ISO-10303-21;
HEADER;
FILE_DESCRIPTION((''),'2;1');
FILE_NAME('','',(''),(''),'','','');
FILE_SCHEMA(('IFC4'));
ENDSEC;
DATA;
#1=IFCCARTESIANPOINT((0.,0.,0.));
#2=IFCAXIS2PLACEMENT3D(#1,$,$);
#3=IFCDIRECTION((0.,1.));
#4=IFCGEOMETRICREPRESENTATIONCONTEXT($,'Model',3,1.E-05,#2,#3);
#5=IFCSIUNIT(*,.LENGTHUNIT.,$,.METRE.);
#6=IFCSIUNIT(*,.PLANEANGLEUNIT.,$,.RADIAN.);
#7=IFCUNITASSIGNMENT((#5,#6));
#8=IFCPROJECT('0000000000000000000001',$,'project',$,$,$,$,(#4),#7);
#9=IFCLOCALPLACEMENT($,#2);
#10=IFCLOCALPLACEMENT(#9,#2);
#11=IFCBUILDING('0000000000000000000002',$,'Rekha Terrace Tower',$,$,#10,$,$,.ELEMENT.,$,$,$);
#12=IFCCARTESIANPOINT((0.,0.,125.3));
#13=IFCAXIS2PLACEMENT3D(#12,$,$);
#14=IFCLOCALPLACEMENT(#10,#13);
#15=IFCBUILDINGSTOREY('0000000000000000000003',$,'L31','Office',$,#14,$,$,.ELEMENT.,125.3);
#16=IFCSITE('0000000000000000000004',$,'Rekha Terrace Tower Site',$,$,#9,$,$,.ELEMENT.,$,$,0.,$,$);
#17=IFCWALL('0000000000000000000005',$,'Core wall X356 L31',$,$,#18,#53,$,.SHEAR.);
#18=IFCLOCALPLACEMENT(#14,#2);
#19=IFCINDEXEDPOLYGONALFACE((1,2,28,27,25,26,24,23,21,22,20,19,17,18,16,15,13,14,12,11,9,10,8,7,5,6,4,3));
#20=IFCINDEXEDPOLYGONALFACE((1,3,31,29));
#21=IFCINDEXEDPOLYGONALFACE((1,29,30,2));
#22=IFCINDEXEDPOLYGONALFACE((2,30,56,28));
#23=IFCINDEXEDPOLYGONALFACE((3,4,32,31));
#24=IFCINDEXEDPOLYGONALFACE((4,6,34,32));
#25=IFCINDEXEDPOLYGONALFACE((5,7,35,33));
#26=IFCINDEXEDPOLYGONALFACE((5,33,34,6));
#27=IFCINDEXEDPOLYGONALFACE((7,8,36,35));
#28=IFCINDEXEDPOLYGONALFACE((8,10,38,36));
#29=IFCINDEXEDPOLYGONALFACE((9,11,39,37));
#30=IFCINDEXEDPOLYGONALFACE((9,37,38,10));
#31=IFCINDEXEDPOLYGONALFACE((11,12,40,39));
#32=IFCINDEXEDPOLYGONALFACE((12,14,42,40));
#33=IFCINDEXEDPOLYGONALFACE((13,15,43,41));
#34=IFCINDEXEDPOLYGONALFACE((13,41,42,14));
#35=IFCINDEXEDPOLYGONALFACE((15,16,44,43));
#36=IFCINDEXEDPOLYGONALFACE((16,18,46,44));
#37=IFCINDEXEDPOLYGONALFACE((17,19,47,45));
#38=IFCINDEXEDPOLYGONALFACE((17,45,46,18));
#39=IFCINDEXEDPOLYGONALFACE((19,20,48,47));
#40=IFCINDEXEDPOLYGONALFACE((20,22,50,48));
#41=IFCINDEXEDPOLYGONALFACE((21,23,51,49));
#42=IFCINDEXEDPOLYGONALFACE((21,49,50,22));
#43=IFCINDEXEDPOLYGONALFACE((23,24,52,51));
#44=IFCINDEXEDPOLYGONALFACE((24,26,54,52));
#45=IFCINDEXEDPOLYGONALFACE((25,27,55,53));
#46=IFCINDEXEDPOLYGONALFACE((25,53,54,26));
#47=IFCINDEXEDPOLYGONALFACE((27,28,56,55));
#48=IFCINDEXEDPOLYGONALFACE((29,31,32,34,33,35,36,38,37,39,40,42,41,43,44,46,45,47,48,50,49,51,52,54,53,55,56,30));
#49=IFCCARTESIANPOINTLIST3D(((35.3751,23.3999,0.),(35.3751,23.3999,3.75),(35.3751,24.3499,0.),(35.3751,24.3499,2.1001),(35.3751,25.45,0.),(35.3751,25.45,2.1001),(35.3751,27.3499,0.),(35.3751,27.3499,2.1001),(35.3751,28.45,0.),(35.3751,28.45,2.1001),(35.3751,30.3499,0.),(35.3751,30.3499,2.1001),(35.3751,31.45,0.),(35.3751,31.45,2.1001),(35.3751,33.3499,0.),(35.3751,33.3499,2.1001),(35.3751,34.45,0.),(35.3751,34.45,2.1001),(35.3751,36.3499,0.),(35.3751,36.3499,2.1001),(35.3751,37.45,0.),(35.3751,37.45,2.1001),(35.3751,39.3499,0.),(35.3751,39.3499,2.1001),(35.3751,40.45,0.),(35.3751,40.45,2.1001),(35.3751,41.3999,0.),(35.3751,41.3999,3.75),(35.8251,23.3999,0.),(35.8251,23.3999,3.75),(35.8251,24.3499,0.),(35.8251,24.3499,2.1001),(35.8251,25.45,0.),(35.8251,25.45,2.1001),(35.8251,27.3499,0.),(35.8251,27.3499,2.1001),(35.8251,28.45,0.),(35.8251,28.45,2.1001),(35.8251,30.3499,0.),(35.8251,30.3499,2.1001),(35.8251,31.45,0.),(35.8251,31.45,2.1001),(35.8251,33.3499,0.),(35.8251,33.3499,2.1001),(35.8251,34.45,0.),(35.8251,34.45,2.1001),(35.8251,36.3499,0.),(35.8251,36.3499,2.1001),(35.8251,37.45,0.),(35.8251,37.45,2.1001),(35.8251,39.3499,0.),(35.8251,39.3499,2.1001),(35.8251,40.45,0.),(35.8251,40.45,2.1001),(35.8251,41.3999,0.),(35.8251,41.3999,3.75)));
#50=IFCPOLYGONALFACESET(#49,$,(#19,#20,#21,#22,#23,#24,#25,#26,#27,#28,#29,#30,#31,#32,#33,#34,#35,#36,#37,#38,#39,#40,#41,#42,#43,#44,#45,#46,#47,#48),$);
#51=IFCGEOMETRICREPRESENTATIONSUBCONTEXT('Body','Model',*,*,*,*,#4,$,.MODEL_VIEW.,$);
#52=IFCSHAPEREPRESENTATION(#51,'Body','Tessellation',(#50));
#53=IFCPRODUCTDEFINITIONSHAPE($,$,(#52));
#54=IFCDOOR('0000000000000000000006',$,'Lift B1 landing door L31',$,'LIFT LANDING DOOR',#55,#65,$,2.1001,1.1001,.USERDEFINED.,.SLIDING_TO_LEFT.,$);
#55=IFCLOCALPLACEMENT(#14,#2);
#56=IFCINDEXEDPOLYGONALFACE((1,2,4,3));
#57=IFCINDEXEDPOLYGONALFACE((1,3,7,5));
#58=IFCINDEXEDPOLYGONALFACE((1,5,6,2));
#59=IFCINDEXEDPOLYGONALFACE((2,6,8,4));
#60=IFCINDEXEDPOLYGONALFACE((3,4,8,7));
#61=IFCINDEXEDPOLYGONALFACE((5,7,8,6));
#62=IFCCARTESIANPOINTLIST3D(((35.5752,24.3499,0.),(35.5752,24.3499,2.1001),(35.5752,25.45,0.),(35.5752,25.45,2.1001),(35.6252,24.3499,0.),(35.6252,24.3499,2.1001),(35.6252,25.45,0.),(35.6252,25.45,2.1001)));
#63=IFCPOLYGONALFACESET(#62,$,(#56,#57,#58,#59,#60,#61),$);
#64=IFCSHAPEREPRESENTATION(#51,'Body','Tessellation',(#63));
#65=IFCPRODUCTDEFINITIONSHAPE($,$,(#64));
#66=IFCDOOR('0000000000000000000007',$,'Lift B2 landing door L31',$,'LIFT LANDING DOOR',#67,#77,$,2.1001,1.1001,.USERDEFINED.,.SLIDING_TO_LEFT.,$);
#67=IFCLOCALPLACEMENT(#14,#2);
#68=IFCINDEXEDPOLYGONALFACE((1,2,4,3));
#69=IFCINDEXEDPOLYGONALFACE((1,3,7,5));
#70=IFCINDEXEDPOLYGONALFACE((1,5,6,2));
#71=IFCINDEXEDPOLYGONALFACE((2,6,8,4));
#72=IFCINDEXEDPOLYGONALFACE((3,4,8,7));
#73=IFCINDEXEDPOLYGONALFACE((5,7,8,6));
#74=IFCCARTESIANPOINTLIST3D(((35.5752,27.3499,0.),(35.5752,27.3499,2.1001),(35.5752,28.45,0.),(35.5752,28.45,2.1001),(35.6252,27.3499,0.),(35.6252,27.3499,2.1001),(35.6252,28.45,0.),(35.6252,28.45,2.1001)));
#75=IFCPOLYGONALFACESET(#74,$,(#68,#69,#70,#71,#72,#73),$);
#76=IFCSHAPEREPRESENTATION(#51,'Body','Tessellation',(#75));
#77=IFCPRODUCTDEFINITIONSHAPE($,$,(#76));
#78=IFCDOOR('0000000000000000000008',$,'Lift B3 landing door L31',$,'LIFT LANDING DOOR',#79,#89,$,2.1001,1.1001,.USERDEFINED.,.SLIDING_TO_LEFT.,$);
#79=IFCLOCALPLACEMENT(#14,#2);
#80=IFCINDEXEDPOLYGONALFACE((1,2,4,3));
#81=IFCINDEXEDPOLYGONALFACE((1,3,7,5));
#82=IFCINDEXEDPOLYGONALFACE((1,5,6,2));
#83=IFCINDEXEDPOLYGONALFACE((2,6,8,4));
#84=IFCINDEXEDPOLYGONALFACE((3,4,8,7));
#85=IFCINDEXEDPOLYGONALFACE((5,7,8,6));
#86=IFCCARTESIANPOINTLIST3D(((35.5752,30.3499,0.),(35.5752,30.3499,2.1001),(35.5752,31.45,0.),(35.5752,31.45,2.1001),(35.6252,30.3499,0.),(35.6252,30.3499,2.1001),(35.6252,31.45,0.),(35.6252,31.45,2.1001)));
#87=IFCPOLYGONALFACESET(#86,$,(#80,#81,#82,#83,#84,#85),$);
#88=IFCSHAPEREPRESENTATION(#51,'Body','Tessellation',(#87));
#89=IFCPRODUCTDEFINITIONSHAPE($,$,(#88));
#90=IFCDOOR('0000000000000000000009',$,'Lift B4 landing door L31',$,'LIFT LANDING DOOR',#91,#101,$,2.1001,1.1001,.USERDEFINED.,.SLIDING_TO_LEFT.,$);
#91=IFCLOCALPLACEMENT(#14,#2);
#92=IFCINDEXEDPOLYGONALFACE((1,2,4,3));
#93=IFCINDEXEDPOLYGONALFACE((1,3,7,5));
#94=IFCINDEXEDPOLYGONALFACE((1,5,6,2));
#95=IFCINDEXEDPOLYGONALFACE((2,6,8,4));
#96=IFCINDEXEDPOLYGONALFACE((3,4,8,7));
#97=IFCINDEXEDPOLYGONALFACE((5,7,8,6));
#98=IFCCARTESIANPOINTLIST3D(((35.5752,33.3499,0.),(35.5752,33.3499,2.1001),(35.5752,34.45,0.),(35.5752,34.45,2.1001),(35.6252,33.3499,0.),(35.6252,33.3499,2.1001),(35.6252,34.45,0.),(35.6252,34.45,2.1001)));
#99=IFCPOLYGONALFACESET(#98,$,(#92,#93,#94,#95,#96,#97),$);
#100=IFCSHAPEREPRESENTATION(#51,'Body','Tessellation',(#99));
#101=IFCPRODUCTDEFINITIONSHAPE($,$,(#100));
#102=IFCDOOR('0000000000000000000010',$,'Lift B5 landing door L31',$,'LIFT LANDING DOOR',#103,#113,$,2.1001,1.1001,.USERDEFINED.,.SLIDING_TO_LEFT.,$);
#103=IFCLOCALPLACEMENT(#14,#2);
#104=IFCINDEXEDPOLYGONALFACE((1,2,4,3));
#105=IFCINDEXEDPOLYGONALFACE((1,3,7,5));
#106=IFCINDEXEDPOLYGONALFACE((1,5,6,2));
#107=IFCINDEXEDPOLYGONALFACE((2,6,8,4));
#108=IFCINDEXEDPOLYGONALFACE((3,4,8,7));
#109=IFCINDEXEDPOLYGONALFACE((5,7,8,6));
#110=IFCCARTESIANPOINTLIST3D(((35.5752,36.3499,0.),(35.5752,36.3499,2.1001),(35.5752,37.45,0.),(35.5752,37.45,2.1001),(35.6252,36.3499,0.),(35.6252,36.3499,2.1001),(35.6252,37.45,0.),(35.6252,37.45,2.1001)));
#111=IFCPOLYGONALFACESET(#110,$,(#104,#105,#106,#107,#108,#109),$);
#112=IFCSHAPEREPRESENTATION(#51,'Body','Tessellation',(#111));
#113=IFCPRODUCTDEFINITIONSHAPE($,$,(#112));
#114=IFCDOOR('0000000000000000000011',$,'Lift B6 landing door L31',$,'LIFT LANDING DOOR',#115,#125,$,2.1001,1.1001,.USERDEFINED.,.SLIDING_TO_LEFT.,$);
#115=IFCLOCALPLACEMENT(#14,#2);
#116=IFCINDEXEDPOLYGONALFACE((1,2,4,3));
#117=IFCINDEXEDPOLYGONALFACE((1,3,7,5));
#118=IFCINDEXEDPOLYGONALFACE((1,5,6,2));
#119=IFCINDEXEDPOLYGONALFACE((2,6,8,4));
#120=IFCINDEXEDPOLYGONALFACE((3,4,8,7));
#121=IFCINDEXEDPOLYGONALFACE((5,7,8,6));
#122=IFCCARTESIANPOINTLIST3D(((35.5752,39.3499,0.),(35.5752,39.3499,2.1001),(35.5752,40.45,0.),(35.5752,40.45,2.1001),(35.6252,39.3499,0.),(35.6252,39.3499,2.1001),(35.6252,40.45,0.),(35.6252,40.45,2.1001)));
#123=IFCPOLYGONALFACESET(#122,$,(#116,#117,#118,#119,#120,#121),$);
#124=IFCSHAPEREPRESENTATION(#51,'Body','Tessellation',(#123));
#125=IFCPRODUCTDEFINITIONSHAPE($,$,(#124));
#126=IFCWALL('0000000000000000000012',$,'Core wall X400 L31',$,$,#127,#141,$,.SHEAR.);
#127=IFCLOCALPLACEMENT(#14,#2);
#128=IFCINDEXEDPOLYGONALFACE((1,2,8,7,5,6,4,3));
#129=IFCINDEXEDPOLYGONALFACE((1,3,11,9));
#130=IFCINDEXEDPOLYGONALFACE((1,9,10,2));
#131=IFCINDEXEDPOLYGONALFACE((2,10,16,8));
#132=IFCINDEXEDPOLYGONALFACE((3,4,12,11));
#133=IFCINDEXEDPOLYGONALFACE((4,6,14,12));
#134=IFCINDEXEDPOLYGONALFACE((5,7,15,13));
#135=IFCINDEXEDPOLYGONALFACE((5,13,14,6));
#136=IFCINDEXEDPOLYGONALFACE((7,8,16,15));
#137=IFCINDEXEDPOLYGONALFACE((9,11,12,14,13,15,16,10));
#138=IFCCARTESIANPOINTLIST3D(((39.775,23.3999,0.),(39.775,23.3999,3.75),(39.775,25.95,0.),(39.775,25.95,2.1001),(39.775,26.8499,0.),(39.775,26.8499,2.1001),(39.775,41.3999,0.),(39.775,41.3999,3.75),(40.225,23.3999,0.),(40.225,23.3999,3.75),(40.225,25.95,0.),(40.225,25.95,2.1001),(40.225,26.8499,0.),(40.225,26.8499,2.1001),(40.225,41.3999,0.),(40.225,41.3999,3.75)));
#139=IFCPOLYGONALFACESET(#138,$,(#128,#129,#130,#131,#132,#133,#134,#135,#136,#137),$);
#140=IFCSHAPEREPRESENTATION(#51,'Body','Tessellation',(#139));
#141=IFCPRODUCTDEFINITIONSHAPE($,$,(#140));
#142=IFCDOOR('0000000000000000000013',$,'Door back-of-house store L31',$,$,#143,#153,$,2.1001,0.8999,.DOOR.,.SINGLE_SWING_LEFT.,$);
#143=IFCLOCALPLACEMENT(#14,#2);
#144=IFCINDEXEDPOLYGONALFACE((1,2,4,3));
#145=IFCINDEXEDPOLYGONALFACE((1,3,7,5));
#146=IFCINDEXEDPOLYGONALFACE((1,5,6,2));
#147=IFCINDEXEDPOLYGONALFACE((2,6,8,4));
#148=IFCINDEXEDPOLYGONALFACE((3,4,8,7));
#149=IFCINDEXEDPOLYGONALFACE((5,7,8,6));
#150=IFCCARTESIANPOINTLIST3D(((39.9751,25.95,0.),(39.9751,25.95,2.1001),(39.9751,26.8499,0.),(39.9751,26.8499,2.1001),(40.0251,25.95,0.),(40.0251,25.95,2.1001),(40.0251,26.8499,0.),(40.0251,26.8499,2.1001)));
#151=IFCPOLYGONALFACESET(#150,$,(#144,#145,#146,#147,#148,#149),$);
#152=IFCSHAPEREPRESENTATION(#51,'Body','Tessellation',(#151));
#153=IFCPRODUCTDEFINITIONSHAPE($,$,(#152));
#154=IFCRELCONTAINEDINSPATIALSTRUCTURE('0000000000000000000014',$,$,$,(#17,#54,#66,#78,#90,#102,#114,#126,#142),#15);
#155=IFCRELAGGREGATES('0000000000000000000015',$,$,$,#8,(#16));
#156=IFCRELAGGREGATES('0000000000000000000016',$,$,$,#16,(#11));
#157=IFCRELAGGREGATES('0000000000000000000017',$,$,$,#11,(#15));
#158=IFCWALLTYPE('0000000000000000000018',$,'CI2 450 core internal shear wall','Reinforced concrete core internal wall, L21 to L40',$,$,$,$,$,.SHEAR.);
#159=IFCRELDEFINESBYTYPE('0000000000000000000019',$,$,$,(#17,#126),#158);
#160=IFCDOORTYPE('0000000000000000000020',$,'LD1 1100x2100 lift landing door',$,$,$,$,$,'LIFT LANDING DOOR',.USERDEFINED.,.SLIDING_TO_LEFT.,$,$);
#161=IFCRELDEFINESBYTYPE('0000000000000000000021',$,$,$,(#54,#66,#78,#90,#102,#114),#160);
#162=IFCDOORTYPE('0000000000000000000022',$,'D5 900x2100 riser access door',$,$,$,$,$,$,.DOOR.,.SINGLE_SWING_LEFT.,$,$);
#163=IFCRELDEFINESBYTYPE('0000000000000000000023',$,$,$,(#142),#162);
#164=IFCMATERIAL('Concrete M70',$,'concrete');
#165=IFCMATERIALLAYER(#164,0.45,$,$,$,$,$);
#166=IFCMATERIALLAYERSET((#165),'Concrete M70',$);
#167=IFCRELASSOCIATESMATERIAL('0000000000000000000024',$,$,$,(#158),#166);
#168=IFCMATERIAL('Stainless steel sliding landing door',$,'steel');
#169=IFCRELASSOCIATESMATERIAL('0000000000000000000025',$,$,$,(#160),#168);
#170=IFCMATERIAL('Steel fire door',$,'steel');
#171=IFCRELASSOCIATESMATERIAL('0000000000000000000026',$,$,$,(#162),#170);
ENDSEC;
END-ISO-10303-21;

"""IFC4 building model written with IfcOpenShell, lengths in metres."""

from ifc_helpers import new_model, si_unit, direction, frame, frame_2d, origin, place, context, subcontext, project, spatial, rectangle, extrude, material, layer, layer_set, type_object, element, fill, save


model = new_model("IFC4")

# Units and contexts
model_context = context("Model", 3, precision=1e-05, world=origin(), true_north=direction((0.0, 1.0)))
body_context = subcontext(model_context, "Body", "Model", "MODEL_VIEW")
ifc_project = project(units=[si_unit("LENGTHUNIT", "METRE"), si_unit("PLANEANGLEUNIT", "RADIAN")], contexts=[model_context])

# Site, building, storey
site_placement = place(None, origin())
site = spatial("IfcSite", under=ifc_project, at=site_placement, Name="Rekha Terrace Tower Site", CompositionType="ELEMENT", RefElevation=0.0)
building_placement = place(site_placement, origin())
building = spatial("IfcBuilding", under=site, at=building_placement, Name="Rekha Terrace Tower", CompositionType="ELEMENT")
storey_placement = place(building_placement, frame((0.0, 0.0, 125.3)))
storey = spatial("IfcBuildingStorey", under=building, at=storey_placement, Name="L31", Description="Office", CompositionType="ELEMENT", Elevation=125.3)

# Wall, openings, doors
ifc_material_1 = material(Name="Concrete M70", Category="concrete")
ifc_layer_1 = layer(ifc_material_1, 0.45)
ifc_layer_set_1 = layer_set([ifc_layer_1], Name="Concrete M70")
wall_type_1 = type_object("IfcWallType", Name="CI2 450 core internal shear wall", Description="Reinforced concrete core internal wall, L21 to L40", PredefinedType="SHEAR", material=ifc_layer_set_1)
wall_1_placement = place(storey_placement, frame((35.6001, 23.3999, 0.0), z_axis=(0.0, 0.0, 1.0), x_axis=(0.0, 1.0, 0.0)))
wall_1 = element("IfcWall", 1, at=wall_1_placement, inside=storey, type_object=wall_type_1, Name="Core wall X356 L31", PredefinedType="SHEAR", context=body_context, shape_type="SweptSolid", body=[
    extrude(rectangle(XDim=18.0, YDim=0.45, at=frame_2d((9.0, 0.0))), origin(), (0.0, 0.0, 1.0), 3.75),
])
opening_1_placement = place(wall_1_placement, frame((0.95, 0.0, 0.0)))
opening_1 = element("IfcOpeningElement", 2, at=opening_1_placement, cuts=wall_1, PredefinedType="OPENING", context=body_context, shape_type="SweptSolid", body=[
    extrude(rectangle(XDim=1.1001, YDim=2.1001, at=frame_2d((0.55, 1.05))), frame((0.0, 0.2349, 0.0), z_axis=(0.0, -1.0, 0.0), x_axis=(1.0, 0.0, 0.0)), (0.0, 0.0, 1.0), 0.47),
])
opening_2_placement = place(wall_1_placement, frame((3.95, 0.0, 0.0)))
opening_2 = element("IfcOpeningElement", 3, at=opening_2_placement, cuts=wall_1, PredefinedType="OPENING", context=body_context, shape_type="SweptSolid", body=[
    extrude(rectangle(XDim=1.1001, YDim=2.1001, at=frame_2d((0.55, 1.05))), frame((0.0, 0.2349, 0.0), z_axis=(0.0, -1.0, 0.0), x_axis=(1.0, 0.0, 0.0)), (0.0, 0.0, 1.0), 0.47),
])
opening_3_placement = place(wall_1_placement, frame((6.95, 0.0, 0.0)))
opening_3 = element("IfcOpeningElement", 4, at=opening_3_placement, cuts=wall_1, PredefinedType="OPENING", context=body_context, shape_type="SweptSolid", body=[
    extrude(rectangle(XDim=1.1001, YDim=2.1001, at=frame_2d((0.55, 1.05))), frame((0.0, 0.2349, 0.0), z_axis=(0.0, -1.0, 0.0), x_axis=(1.0, 0.0, 0.0)), (0.0, 0.0, 1.0), 0.47),
])
opening_4_placement = place(wall_1_placement, frame((9.95, 0.0, 0.0)))
opening_4 = element("IfcOpeningElement", 5, at=opening_4_placement, cuts=wall_1, PredefinedType="OPENING", context=body_context, shape_type="SweptSolid", body=[
    extrude(rectangle(XDim=1.1001, YDim=2.1001, at=frame_2d((0.55, 1.05))), frame((0.0, 0.2349, 0.0), z_axis=(0.0, -1.0, 0.0), x_axis=(1.0, 0.0, 0.0)), (0.0, 0.0, 1.0), 0.47),
])
opening_5_placement = place(wall_1_placement, frame((12.95, 0.0, 0.0)))
opening_5 = element("IfcOpeningElement", 6, at=opening_5_placement, cuts=wall_1, PredefinedType="OPENING", context=body_context, shape_type="SweptSolid", body=[
    extrude(rectangle(XDim=1.1001, YDim=2.1001, at=frame_2d((0.55, 1.05))), frame((0.0, 0.2349, 0.0), z_axis=(0.0, -1.0, 0.0), x_axis=(1.0, 0.0, 0.0)), (0.0, 0.0, 1.0), 0.47),
])
opening_6_placement = place(wall_1_placement, frame((15.95, 0.0, 0.0)))
opening_6 = element("IfcOpeningElement", 7, at=opening_6_placement, cuts=wall_1, PredefinedType="OPENING", context=body_context, shape_type="SweptSolid", body=[
    extrude(rectangle(XDim=1.1001, YDim=2.1001, at=frame_2d((0.55, 1.05))), frame((0.0, 0.2349, 0.0), z_axis=(0.0, -1.0, 0.0), x_axis=(1.0, 0.0, 0.0)), (0.0, 0.0, 1.0), 0.47),
])
ifc_material_2 = material(Name="Stainless steel sliding landing door", Category="steel")
door_type_1 = type_object("IfcDoorType", Name="LD1 1100x2100 lift landing door", ElementType="LIFT LANDING DOOR", OperationType="SLIDING_TO_LEFT", PredefinedType="USERDEFINED", material=ifc_material_2)
door_1_placement = place(opening_1_placement, origin())
door_1 = element("IfcDoor", 8, at=door_1_placement, inside=storey, type_object=door_type_1, Name="Lift B1 landing door L31", ObjectType="LIFT LANDING DOOR", OperationType="SLIDING_TO_LEFT", OverallHeight=2.1001, OverallWidth=1.1001, PredefinedType="USERDEFINED", context=body_context, shape_type="SweptSolid", body=[
    extrude(rectangle(XDim=1.1001, YDim=2.1001, at=frame_2d((0.55, 1.05))), frame((0.0, 0.0249, 0.0), z_axis=(0.0, -1.0, 0.0), x_axis=(1.0, 0.0, 0.0)), (0.0, 0.0, 1.0), 0.05),
])
fill(opening_1, door_1)
door_2_placement = place(opening_2_placement, origin())
door_2 = element("IfcDoor", 9, at=door_2_placement, inside=storey, type_object=door_type_1, Name="Lift B2 landing door L31", ObjectType="LIFT LANDING DOOR", OperationType="SLIDING_TO_LEFT", OverallHeight=2.1001, OverallWidth=1.1001, PredefinedType="USERDEFINED", context=body_context, shape_type="SweptSolid", body=[
    extrude(rectangle(XDim=1.1001, YDim=2.1001, at=frame_2d((0.55, 1.05))), frame((0.0, 0.0249, 0.0), z_axis=(0.0, -1.0, 0.0), x_axis=(1.0, 0.0, 0.0)), (0.0, 0.0, 1.0), 0.05),
])
fill(opening_2, door_2)
door_3_placement = place(opening_3_placement, origin())
door_3 = element("IfcDoor", 10, at=door_3_placement, inside=storey, type_object=door_type_1, Name="Lift B3 landing door L31", ObjectType="LIFT LANDING DOOR", OperationType="SLIDING_TO_LEFT", OverallHeight=2.1001, OverallWidth=1.1001, PredefinedType="USERDEFINED", context=body_context, shape_type="SweptSolid", body=[
    extrude(rectangle(XDim=1.1001, YDim=2.1001, at=frame_2d((0.55, 1.05))), frame((0.0, 0.0249, 0.0), z_axis=(0.0, -1.0, 0.0), x_axis=(1.0, 0.0, 0.0)), (0.0, 0.0, 1.0), 0.05),
])
fill(opening_3, door_3)
door_4_placement = place(opening_4_placement, origin())
door_4 = element("IfcDoor", 11, at=door_4_placement, inside=storey, type_object=door_type_1, Name="Lift B4 landing door L31", ObjectType="LIFT LANDING DOOR", OperationType="SLIDING_TO_LEFT", OverallHeight=2.1001, OverallWidth=1.1001, PredefinedType="USERDEFINED", context=body_context, shape_type="SweptSolid", body=[
    extrude(rectangle(XDim=1.1001, YDim=2.1001, at=frame_2d((0.55, 1.05))), frame((0.0, 0.0249, 0.0), z_axis=(0.0, -1.0, 0.0), x_axis=(1.0, 0.0, 0.0)), (0.0, 0.0, 1.0), 0.05),
])
fill(opening_4, door_4)
door_5_placement = place(opening_5_placement, origin())
door_5 = element("IfcDoor", 12, at=door_5_placement, inside=storey, type_object=door_type_1, Name="Lift B5 landing door L31", ObjectType="LIFT LANDING DOOR", OperationType="SLIDING_TO_LEFT", OverallHeight=2.1001, OverallWidth=1.1001, PredefinedType="USERDEFINED", context=body_context, shape_type="SweptSolid", body=[
    extrude(rectangle(XDim=1.1001, YDim=2.1001, at=frame_2d((0.55, 1.05))), frame((0.0, 0.0249, 0.0), z_axis=(0.0, -1.0, 0.0), x_axis=(1.0, 0.0, 0.0)), (0.0, 0.0, 1.0), 0.05),
])
fill(opening_5, door_5)
door_6_placement = place(opening_6_placement, origin())
door_6 = element("IfcDoor", 13, at=door_6_placement, inside=storey, type_object=door_type_1, Name="Lift B6 landing door L31", ObjectType="LIFT LANDING DOOR", OperationType="SLIDING_TO_LEFT", OverallHeight=2.1001, OverallWidth=1.1001, PredefinedType="USERDEFINED", context=body_context, shape_type="SweptSolid", body=[
    extrude(rectangle(XDim=1.1001, YDim=2.1001, at=frame_2d((0.55, 1.05))), frame((0.0, 0.0249, 0.0), z_axis=(0.0, -1.0, 0.0), x_axis=(1.0, 0.0, 0.0)), (0.0, 0.0, 1.0), 0.05),
])
fill(opening_6, door_6)

# Wall, opening, door
wall_2_placement = place(storey_placement, frame((40.0, 23.3999, 0.0), z_axis=(0.0, 0.0, 1.0), x_axis=(0.0, 1.0, 0.0)))
wall_2 = element("IfcWall", 14, at=wall_2_placement, inside=storey, type_object=wall_type_1, Name="Core wall X400 L31", PredefinedType="SHEAR", context=body_context, shape_type="SweptSolid", body=[
    extrude(rectangle(XDim=18.0, YDim=0.45, at=frame_2d((9.0, 0.0))), origin(), (0.0, 0.0, 1.0), 3.75),
])
opening_7_placement = place(wall_2_placement, frame((2.55, 0.0, 0.0)))
opening_7 = element("IfcOpeningElement", 15, at=opening_7_placement, cuts=wall_2, PredefinedType="OPENING", context=body_context, shape_type="SweptSolid", body=[
    extrude(rectangle(XDim=0.8999, YDim=2.1001, at=frame_2d((0.45, 1.05))), frame((0.0, 0.2349, 0.0), z_axis=(0.0, -1.0, 0.0), x_axis=(1.0, 0.0, 0.0)), (0.0, 0.0, 1.0), 0.47),
])
ifc_material_3 = material(Name="Steel fire door", Category="steel")
door_type_2 = type_object("IfcDoorType", Name="D5 900x2100 riser access door", OperationType="SINGLE_SWING_LEFT", PredefinedType="DOOR", material=ifc_material_3)
door_7_placement = place(opening_7_placement, origin())
door_7 = element("IfcDoor", 16, at=door_7_placement, inside=storey, type_object=door_type_2, Name="Door back-of-house store L31", OperationType="SINGLE_SWING_LEFT", OverallHeight=2.1001, OverallWidth=0.8999, PredefinedType="DOOR", context=body_context, shape_type="SweptSolid", body=[
    extrude(rectangle(XDim=0.8999, YDim=2.1001, at=frame_2d((0.45, 1.05))), frame((0.0, 0.0249, 0.0), z_axis=(0.0, -1.0, 0.0), x_axis=(1.0, 0.0, 0.0)), (0.0, 0.0, 1.0), 0.05),
])
fill(opening_7, door_7)

save(model, "model.ifc")
